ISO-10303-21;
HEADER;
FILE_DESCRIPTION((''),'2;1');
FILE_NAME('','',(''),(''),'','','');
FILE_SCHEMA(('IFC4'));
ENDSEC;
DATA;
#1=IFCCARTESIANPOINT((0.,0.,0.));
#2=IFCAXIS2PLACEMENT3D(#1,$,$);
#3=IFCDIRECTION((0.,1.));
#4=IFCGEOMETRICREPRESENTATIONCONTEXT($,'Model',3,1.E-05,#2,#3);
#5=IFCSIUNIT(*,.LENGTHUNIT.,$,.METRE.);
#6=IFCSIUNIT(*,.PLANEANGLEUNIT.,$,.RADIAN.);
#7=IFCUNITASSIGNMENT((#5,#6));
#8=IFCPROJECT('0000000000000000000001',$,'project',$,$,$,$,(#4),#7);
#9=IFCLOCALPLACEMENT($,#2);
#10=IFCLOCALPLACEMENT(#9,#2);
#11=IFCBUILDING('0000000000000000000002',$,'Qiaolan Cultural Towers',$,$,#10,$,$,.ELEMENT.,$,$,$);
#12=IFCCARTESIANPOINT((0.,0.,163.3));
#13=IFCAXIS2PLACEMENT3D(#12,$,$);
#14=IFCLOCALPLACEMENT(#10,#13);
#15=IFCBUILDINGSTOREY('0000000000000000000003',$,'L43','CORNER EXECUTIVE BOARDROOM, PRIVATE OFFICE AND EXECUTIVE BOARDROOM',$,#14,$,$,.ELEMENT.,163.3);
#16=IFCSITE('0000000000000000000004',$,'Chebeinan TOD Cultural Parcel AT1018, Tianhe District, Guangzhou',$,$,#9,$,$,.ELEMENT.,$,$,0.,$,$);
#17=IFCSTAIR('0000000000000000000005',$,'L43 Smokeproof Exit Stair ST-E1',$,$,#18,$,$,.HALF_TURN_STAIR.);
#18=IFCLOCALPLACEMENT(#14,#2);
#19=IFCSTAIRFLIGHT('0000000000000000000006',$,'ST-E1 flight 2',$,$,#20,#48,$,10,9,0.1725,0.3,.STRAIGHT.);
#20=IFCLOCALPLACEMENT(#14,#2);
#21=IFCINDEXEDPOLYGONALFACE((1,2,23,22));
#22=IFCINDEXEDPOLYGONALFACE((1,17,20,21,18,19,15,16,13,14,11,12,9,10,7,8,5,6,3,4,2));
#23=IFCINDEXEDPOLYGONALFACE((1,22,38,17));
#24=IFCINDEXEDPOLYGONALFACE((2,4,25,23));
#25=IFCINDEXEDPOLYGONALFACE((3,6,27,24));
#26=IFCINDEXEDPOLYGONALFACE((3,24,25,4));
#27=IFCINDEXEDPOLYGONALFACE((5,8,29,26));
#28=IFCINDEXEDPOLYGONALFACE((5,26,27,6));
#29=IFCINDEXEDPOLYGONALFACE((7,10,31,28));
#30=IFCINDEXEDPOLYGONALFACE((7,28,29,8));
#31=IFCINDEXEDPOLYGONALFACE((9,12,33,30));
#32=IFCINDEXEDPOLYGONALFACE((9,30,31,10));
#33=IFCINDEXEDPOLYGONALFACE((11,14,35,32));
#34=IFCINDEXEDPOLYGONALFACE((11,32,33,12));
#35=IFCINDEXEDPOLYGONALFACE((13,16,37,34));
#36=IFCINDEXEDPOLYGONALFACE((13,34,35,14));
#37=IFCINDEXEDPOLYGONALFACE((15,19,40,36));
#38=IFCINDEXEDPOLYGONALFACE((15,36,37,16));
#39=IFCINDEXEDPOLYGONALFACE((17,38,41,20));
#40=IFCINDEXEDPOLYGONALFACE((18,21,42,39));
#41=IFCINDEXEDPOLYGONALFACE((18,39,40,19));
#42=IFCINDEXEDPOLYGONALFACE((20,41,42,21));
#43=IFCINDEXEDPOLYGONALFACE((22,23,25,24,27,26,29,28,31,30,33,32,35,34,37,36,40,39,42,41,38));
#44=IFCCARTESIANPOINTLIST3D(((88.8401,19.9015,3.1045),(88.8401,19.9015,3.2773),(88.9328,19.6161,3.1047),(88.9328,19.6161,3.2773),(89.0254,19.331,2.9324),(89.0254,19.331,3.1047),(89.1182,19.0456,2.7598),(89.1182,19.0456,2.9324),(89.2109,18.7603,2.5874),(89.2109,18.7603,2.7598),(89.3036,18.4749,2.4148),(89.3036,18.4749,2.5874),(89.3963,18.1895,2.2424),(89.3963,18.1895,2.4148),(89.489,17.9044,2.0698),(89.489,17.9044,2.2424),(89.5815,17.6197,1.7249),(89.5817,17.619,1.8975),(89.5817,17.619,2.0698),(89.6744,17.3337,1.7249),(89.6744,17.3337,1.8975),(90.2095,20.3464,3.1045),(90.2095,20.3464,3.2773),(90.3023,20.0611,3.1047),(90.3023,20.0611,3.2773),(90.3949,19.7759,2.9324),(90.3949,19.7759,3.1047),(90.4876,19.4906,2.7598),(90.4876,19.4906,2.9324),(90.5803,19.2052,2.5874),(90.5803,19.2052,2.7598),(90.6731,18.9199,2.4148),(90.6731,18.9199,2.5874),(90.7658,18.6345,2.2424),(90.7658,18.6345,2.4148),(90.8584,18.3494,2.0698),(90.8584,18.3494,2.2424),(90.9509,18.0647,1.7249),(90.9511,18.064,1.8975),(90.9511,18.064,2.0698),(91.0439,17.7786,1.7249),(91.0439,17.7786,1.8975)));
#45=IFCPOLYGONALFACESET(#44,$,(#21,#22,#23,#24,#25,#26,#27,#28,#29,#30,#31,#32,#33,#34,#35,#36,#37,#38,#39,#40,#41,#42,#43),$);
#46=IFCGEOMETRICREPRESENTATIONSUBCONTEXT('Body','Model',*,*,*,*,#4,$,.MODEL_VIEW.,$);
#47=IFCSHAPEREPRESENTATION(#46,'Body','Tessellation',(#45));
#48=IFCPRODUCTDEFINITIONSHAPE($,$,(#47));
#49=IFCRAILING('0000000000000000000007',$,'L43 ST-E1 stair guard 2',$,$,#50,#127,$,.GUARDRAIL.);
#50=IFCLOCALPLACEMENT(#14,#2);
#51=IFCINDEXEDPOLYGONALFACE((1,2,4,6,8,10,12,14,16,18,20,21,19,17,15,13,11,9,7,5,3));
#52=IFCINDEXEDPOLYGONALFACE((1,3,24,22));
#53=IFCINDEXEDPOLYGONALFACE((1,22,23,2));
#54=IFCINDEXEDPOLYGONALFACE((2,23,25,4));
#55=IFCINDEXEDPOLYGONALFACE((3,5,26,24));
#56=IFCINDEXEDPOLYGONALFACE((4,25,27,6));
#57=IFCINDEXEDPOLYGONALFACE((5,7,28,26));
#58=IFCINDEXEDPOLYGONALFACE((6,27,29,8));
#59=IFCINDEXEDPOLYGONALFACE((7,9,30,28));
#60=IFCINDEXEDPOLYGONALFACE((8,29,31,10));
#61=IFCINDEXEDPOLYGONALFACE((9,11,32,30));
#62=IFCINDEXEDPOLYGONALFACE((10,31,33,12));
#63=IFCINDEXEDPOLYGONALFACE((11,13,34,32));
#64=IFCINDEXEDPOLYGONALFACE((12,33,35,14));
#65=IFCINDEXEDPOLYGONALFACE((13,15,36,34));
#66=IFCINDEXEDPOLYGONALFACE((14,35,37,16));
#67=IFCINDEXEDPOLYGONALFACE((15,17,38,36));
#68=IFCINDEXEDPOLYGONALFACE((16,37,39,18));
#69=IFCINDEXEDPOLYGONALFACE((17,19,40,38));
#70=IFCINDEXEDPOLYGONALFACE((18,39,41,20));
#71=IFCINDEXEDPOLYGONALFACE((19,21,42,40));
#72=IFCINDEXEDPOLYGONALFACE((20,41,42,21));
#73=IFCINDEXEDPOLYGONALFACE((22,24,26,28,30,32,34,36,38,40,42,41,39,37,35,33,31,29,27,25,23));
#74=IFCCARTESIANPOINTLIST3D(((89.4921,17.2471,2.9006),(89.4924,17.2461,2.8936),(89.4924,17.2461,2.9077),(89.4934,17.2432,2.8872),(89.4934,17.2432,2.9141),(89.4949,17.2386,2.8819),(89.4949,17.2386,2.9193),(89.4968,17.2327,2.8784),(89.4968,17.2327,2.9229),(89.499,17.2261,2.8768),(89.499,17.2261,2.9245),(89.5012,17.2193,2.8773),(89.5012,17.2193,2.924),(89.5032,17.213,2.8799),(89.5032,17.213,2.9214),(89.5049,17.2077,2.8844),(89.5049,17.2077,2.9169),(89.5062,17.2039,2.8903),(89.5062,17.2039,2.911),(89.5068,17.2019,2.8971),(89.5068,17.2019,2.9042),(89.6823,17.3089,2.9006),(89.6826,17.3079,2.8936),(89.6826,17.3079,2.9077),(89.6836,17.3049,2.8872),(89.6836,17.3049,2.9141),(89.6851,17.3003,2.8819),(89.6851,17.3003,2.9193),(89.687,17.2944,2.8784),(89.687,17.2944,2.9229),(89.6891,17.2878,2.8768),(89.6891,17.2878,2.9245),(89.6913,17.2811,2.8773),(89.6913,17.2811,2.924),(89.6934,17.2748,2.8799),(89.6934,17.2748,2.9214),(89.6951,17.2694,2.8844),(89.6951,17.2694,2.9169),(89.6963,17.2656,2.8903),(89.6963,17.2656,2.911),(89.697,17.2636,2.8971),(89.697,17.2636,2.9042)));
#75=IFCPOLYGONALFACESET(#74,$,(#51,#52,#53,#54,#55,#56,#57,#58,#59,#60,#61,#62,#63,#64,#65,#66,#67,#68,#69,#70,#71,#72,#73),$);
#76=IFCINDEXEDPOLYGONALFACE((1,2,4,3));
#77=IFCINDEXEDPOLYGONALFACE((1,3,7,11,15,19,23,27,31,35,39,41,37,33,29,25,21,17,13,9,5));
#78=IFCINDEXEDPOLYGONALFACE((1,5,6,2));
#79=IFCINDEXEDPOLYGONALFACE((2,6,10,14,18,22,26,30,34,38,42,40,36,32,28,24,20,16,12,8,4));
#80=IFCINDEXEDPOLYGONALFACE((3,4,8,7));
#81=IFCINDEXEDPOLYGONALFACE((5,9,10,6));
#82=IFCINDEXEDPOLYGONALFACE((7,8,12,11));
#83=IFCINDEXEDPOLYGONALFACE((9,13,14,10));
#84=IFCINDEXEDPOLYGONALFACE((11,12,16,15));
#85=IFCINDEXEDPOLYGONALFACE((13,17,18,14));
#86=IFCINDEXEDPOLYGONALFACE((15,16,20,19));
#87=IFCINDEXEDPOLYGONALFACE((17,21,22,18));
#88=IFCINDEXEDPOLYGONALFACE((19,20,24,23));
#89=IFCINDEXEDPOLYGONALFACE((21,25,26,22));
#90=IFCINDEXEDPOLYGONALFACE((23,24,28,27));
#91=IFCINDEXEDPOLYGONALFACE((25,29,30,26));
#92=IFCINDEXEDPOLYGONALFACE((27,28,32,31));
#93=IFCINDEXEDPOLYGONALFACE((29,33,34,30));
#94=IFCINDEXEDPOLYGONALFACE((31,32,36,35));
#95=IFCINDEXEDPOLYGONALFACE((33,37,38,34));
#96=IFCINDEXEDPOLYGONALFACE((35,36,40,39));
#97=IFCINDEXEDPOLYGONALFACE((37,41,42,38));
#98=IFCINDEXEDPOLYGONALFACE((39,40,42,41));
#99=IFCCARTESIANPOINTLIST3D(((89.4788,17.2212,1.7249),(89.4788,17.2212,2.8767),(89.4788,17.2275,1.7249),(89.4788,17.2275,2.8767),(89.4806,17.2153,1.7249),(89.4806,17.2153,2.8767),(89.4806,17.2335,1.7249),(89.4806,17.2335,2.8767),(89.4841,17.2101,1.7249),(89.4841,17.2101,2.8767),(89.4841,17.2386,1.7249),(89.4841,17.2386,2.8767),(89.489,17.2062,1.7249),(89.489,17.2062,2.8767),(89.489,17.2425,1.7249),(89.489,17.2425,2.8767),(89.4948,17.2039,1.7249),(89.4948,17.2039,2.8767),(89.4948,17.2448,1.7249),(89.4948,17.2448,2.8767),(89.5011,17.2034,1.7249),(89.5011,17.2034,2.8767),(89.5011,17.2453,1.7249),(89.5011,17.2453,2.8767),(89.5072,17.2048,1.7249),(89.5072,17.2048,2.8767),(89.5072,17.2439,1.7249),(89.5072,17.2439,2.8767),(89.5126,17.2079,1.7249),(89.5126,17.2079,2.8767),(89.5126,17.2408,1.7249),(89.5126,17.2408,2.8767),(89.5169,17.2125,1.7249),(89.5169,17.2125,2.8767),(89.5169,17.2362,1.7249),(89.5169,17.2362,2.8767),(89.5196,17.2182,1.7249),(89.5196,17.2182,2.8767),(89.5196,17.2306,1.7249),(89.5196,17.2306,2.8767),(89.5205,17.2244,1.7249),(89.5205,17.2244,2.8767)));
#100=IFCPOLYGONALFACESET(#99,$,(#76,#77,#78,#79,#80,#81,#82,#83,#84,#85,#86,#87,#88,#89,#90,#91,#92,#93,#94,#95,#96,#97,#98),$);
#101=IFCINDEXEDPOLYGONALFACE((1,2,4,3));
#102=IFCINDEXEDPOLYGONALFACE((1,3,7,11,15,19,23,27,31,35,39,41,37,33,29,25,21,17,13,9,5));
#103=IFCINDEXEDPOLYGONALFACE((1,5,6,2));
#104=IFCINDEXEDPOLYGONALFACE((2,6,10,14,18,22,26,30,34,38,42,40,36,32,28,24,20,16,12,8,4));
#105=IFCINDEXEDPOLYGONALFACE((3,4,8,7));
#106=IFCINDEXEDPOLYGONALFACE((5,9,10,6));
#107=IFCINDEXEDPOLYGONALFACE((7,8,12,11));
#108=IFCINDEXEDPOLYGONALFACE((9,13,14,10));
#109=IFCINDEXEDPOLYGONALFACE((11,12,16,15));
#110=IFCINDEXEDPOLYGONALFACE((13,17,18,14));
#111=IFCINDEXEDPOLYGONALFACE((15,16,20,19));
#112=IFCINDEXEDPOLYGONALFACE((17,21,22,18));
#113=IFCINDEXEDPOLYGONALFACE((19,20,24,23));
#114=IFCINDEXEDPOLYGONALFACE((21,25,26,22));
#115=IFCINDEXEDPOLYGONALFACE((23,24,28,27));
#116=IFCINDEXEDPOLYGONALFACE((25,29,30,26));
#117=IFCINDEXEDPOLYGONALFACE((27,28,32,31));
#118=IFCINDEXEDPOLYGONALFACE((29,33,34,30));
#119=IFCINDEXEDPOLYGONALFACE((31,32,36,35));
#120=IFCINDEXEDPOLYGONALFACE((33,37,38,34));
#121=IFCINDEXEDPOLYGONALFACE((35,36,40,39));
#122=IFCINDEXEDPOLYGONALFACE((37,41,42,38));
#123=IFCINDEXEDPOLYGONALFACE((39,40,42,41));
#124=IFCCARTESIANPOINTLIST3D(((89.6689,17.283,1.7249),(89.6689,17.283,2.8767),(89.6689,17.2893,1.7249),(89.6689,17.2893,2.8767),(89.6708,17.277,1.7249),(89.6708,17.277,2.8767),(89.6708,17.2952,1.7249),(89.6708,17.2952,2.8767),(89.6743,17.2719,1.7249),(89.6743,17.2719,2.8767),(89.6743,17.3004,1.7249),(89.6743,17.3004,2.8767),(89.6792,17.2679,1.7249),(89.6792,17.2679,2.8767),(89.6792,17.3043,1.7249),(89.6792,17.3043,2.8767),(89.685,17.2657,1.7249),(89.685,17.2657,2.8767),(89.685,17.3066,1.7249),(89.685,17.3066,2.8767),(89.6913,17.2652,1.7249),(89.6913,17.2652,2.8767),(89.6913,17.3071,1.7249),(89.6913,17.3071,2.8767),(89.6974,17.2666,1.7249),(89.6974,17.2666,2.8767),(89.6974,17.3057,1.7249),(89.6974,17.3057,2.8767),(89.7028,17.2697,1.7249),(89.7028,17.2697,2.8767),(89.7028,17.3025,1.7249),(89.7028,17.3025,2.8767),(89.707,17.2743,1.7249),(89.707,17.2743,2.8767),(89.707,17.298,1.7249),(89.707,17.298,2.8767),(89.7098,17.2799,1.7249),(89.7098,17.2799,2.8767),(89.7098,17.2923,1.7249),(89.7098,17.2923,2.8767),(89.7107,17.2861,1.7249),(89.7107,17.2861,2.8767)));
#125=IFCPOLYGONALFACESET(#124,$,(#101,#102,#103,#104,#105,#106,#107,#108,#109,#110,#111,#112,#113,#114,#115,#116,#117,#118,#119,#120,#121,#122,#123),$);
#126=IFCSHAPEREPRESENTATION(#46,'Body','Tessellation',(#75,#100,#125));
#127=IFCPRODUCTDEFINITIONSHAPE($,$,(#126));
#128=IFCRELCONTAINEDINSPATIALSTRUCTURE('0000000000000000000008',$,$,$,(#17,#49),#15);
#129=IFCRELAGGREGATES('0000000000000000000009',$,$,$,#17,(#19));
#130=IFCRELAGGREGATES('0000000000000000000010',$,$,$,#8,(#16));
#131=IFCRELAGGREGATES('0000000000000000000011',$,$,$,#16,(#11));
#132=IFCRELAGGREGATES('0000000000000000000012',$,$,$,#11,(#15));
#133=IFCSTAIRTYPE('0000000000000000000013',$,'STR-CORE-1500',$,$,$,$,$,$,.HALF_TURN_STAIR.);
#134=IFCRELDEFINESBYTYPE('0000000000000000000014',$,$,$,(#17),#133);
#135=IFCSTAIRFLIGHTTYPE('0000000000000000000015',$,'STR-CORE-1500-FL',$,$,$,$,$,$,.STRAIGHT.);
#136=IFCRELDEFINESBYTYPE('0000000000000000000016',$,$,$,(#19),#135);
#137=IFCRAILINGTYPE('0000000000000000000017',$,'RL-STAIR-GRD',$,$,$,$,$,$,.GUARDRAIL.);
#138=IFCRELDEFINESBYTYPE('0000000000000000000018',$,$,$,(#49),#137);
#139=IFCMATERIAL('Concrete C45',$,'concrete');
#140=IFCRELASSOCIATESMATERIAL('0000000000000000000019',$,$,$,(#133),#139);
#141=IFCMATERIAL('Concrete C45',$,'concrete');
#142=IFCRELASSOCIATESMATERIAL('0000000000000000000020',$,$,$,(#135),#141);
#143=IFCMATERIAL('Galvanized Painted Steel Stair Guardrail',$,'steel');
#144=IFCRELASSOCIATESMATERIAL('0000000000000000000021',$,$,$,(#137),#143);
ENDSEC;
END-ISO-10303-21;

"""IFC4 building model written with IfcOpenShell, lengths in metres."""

from ifc_helpers import new_model, si_unit, direction, frame, origin, origin_2d, place, context, subcontext, project, spatial, polyline, circle, outline, extrude, material, type_object, element, aggregate, save


model = new_model("IFC4")

# Units and contexts
model_context = context("Model", 3, precision=1e-05, world=origin(), true_north=direction((0.0, 1.0)))
body_context = subcontext(model_context, "Body", "Model", "MODEL_VIEW")
ifc_project = project(units=[si_unit("LENGTHUNIT", "METRE"), si_unit("PLANEANGLEUNIT", "RADIAN")], contexts=[model_context])

# Site, building, storey
site_placement = place(None, origin())
site = spatial("IfcSite", under=ifc_project, at=site_placement, Name="Chebeinan TOD Cultural Parcel AT1018, Tianhe District, Guangzhou", CompositionType="ELEMENT", RefElevation=0.0)
building_placement = place(site_placement, origin())
building = spatial("IfcBuilding", under=site, at=building_placement, Name="Qiaolan Cultural Towers", CompositionType="ELEMENT")
storey_placement = place(building_placement, frame((0.0, 0.0, 163.3)))
storey = spatial("IfcBuildingStorey", under=building, at=storey_placement, Name="L43", Description="CORNER EXECUTIVE BOARDROOM, PRIVATE OFFICE AND EXECUTIVE BOARDROOM", CompositionType="ELEMENT", Elevation=163.3)

# Stair, stair flight
ifc_material_1 = material(Name="Concrete C45", Category="concrete")
stair_type = type_object("IfcStairType", Name="STR-CORE-1500", PredefinedType="HALF_TURN_STAIR", material=ifc_material_1)
stair_placement = place(storey_placement, origin())
stair = element("IfcStair", 1, at=stair_placement, inside=storey, type_object=stair_type, Name="L43 Smokeproof Exit Stair ST-E1", PredefinedType="HALF_TURN_STAIR")
ifc_material_2 = material(Name="Concrete C45", Category="concrete")
stair_flight_type = type_object("IfcStairFlightType", Name="STR-CORE-1500-FL", PredefinedType="STRAIGHT", material=ifc_material_2)
stair_flight_placement = place(storey_placement, frame((90.3591, 17.5562, 1.7249), z_axis=(0.0, 0.0, 1.0), x_axis=(-0.309017, 0.951057, 0.0)))
stair_flight = element("IfcStairFlight", 2, at=stair_flight_placement, type_object=stair_flight_type, Name="ST-E1 flight 2", NumberOfRisers=10, NumberOfTreads=9, PredefinedType="STRAIGHT", RiserHeight=0.1725, TreadLength=0.3, context=body_context, shape_type="SweptSolid", body=[
    extrude(outline(polyline([(0.0, 0.0), (0.0, 0.1726), (0.3, 0.1726), (0.3, 0.345), (0.6001, 0.345), (0.6001, 0.5176), (0.8999, 0.5176), (0.8999, 0.6899), (1.2, 0.6899), (1.2, 0.8625), (1.5, 0.8625), (1.5, 1.0349), (1.8, 1.0349), (1.8, 1.2075), (2.1001, 1.2075), (2.1001, 1.3799), (2.3999, 1.3799), (2.3999, 1.5525), (2.7, 1.5525), (2.7, 1.7251), (2.7, 1.3796), (0.3008, 0.0), (0.0, 0.0)])), frame((0.0, 0.72, 0.0), z_axis=(0.0, -1.0, 0.0), x_axis=(1.0, 0.0, 0.0)), (0.0, 0.0, 1.0), 1.4399),
])
aggregate(stair, [stair_flight])

# Railing
ifc_material_3 = material(Name="Galvanized Painted Steel Stair Guardrail", Category="steel")
railing_type_1 = type_object("IfcRailingType", Name="RL-STAIR-GRD", PredefinedType="GUARDRAIL", material=ifc_material_3)
railing_1_placement = place(storey_placement, frame((89.4995, 17.2244, 1.7249)))
element("IfcRailing", 3, at=railing_1_placement, inside=storey, type_object=railing_type_1, Name="L43 ST-E1 stair guard 2", PredefinedType="GUARDRAIL", context=body_context, shape_type="SweptSolid", body=[
    extrude(circle(Radius=0.0239, at=origin_2d()), frame((0.0, 0.0, 1.1758), z_axis=(0.951097, 0.308893, 0.0), x_axis=(-0.308893, 0.951097, 0.0)), (0.0, 0.0, 1.0), 0.2),
    extrude(circle(Radius=0.021, at=origin_2d()), origin(), (0.0, 0.0, 1.0), 1.1519),
    extrude(circle(Radius=0.021, at=origin_2d()), frame((0.1902, 0.0618, 0.0)), (0.0, 0.0, 1.0), 1.1519),
])

save(model, "model.ifc")
